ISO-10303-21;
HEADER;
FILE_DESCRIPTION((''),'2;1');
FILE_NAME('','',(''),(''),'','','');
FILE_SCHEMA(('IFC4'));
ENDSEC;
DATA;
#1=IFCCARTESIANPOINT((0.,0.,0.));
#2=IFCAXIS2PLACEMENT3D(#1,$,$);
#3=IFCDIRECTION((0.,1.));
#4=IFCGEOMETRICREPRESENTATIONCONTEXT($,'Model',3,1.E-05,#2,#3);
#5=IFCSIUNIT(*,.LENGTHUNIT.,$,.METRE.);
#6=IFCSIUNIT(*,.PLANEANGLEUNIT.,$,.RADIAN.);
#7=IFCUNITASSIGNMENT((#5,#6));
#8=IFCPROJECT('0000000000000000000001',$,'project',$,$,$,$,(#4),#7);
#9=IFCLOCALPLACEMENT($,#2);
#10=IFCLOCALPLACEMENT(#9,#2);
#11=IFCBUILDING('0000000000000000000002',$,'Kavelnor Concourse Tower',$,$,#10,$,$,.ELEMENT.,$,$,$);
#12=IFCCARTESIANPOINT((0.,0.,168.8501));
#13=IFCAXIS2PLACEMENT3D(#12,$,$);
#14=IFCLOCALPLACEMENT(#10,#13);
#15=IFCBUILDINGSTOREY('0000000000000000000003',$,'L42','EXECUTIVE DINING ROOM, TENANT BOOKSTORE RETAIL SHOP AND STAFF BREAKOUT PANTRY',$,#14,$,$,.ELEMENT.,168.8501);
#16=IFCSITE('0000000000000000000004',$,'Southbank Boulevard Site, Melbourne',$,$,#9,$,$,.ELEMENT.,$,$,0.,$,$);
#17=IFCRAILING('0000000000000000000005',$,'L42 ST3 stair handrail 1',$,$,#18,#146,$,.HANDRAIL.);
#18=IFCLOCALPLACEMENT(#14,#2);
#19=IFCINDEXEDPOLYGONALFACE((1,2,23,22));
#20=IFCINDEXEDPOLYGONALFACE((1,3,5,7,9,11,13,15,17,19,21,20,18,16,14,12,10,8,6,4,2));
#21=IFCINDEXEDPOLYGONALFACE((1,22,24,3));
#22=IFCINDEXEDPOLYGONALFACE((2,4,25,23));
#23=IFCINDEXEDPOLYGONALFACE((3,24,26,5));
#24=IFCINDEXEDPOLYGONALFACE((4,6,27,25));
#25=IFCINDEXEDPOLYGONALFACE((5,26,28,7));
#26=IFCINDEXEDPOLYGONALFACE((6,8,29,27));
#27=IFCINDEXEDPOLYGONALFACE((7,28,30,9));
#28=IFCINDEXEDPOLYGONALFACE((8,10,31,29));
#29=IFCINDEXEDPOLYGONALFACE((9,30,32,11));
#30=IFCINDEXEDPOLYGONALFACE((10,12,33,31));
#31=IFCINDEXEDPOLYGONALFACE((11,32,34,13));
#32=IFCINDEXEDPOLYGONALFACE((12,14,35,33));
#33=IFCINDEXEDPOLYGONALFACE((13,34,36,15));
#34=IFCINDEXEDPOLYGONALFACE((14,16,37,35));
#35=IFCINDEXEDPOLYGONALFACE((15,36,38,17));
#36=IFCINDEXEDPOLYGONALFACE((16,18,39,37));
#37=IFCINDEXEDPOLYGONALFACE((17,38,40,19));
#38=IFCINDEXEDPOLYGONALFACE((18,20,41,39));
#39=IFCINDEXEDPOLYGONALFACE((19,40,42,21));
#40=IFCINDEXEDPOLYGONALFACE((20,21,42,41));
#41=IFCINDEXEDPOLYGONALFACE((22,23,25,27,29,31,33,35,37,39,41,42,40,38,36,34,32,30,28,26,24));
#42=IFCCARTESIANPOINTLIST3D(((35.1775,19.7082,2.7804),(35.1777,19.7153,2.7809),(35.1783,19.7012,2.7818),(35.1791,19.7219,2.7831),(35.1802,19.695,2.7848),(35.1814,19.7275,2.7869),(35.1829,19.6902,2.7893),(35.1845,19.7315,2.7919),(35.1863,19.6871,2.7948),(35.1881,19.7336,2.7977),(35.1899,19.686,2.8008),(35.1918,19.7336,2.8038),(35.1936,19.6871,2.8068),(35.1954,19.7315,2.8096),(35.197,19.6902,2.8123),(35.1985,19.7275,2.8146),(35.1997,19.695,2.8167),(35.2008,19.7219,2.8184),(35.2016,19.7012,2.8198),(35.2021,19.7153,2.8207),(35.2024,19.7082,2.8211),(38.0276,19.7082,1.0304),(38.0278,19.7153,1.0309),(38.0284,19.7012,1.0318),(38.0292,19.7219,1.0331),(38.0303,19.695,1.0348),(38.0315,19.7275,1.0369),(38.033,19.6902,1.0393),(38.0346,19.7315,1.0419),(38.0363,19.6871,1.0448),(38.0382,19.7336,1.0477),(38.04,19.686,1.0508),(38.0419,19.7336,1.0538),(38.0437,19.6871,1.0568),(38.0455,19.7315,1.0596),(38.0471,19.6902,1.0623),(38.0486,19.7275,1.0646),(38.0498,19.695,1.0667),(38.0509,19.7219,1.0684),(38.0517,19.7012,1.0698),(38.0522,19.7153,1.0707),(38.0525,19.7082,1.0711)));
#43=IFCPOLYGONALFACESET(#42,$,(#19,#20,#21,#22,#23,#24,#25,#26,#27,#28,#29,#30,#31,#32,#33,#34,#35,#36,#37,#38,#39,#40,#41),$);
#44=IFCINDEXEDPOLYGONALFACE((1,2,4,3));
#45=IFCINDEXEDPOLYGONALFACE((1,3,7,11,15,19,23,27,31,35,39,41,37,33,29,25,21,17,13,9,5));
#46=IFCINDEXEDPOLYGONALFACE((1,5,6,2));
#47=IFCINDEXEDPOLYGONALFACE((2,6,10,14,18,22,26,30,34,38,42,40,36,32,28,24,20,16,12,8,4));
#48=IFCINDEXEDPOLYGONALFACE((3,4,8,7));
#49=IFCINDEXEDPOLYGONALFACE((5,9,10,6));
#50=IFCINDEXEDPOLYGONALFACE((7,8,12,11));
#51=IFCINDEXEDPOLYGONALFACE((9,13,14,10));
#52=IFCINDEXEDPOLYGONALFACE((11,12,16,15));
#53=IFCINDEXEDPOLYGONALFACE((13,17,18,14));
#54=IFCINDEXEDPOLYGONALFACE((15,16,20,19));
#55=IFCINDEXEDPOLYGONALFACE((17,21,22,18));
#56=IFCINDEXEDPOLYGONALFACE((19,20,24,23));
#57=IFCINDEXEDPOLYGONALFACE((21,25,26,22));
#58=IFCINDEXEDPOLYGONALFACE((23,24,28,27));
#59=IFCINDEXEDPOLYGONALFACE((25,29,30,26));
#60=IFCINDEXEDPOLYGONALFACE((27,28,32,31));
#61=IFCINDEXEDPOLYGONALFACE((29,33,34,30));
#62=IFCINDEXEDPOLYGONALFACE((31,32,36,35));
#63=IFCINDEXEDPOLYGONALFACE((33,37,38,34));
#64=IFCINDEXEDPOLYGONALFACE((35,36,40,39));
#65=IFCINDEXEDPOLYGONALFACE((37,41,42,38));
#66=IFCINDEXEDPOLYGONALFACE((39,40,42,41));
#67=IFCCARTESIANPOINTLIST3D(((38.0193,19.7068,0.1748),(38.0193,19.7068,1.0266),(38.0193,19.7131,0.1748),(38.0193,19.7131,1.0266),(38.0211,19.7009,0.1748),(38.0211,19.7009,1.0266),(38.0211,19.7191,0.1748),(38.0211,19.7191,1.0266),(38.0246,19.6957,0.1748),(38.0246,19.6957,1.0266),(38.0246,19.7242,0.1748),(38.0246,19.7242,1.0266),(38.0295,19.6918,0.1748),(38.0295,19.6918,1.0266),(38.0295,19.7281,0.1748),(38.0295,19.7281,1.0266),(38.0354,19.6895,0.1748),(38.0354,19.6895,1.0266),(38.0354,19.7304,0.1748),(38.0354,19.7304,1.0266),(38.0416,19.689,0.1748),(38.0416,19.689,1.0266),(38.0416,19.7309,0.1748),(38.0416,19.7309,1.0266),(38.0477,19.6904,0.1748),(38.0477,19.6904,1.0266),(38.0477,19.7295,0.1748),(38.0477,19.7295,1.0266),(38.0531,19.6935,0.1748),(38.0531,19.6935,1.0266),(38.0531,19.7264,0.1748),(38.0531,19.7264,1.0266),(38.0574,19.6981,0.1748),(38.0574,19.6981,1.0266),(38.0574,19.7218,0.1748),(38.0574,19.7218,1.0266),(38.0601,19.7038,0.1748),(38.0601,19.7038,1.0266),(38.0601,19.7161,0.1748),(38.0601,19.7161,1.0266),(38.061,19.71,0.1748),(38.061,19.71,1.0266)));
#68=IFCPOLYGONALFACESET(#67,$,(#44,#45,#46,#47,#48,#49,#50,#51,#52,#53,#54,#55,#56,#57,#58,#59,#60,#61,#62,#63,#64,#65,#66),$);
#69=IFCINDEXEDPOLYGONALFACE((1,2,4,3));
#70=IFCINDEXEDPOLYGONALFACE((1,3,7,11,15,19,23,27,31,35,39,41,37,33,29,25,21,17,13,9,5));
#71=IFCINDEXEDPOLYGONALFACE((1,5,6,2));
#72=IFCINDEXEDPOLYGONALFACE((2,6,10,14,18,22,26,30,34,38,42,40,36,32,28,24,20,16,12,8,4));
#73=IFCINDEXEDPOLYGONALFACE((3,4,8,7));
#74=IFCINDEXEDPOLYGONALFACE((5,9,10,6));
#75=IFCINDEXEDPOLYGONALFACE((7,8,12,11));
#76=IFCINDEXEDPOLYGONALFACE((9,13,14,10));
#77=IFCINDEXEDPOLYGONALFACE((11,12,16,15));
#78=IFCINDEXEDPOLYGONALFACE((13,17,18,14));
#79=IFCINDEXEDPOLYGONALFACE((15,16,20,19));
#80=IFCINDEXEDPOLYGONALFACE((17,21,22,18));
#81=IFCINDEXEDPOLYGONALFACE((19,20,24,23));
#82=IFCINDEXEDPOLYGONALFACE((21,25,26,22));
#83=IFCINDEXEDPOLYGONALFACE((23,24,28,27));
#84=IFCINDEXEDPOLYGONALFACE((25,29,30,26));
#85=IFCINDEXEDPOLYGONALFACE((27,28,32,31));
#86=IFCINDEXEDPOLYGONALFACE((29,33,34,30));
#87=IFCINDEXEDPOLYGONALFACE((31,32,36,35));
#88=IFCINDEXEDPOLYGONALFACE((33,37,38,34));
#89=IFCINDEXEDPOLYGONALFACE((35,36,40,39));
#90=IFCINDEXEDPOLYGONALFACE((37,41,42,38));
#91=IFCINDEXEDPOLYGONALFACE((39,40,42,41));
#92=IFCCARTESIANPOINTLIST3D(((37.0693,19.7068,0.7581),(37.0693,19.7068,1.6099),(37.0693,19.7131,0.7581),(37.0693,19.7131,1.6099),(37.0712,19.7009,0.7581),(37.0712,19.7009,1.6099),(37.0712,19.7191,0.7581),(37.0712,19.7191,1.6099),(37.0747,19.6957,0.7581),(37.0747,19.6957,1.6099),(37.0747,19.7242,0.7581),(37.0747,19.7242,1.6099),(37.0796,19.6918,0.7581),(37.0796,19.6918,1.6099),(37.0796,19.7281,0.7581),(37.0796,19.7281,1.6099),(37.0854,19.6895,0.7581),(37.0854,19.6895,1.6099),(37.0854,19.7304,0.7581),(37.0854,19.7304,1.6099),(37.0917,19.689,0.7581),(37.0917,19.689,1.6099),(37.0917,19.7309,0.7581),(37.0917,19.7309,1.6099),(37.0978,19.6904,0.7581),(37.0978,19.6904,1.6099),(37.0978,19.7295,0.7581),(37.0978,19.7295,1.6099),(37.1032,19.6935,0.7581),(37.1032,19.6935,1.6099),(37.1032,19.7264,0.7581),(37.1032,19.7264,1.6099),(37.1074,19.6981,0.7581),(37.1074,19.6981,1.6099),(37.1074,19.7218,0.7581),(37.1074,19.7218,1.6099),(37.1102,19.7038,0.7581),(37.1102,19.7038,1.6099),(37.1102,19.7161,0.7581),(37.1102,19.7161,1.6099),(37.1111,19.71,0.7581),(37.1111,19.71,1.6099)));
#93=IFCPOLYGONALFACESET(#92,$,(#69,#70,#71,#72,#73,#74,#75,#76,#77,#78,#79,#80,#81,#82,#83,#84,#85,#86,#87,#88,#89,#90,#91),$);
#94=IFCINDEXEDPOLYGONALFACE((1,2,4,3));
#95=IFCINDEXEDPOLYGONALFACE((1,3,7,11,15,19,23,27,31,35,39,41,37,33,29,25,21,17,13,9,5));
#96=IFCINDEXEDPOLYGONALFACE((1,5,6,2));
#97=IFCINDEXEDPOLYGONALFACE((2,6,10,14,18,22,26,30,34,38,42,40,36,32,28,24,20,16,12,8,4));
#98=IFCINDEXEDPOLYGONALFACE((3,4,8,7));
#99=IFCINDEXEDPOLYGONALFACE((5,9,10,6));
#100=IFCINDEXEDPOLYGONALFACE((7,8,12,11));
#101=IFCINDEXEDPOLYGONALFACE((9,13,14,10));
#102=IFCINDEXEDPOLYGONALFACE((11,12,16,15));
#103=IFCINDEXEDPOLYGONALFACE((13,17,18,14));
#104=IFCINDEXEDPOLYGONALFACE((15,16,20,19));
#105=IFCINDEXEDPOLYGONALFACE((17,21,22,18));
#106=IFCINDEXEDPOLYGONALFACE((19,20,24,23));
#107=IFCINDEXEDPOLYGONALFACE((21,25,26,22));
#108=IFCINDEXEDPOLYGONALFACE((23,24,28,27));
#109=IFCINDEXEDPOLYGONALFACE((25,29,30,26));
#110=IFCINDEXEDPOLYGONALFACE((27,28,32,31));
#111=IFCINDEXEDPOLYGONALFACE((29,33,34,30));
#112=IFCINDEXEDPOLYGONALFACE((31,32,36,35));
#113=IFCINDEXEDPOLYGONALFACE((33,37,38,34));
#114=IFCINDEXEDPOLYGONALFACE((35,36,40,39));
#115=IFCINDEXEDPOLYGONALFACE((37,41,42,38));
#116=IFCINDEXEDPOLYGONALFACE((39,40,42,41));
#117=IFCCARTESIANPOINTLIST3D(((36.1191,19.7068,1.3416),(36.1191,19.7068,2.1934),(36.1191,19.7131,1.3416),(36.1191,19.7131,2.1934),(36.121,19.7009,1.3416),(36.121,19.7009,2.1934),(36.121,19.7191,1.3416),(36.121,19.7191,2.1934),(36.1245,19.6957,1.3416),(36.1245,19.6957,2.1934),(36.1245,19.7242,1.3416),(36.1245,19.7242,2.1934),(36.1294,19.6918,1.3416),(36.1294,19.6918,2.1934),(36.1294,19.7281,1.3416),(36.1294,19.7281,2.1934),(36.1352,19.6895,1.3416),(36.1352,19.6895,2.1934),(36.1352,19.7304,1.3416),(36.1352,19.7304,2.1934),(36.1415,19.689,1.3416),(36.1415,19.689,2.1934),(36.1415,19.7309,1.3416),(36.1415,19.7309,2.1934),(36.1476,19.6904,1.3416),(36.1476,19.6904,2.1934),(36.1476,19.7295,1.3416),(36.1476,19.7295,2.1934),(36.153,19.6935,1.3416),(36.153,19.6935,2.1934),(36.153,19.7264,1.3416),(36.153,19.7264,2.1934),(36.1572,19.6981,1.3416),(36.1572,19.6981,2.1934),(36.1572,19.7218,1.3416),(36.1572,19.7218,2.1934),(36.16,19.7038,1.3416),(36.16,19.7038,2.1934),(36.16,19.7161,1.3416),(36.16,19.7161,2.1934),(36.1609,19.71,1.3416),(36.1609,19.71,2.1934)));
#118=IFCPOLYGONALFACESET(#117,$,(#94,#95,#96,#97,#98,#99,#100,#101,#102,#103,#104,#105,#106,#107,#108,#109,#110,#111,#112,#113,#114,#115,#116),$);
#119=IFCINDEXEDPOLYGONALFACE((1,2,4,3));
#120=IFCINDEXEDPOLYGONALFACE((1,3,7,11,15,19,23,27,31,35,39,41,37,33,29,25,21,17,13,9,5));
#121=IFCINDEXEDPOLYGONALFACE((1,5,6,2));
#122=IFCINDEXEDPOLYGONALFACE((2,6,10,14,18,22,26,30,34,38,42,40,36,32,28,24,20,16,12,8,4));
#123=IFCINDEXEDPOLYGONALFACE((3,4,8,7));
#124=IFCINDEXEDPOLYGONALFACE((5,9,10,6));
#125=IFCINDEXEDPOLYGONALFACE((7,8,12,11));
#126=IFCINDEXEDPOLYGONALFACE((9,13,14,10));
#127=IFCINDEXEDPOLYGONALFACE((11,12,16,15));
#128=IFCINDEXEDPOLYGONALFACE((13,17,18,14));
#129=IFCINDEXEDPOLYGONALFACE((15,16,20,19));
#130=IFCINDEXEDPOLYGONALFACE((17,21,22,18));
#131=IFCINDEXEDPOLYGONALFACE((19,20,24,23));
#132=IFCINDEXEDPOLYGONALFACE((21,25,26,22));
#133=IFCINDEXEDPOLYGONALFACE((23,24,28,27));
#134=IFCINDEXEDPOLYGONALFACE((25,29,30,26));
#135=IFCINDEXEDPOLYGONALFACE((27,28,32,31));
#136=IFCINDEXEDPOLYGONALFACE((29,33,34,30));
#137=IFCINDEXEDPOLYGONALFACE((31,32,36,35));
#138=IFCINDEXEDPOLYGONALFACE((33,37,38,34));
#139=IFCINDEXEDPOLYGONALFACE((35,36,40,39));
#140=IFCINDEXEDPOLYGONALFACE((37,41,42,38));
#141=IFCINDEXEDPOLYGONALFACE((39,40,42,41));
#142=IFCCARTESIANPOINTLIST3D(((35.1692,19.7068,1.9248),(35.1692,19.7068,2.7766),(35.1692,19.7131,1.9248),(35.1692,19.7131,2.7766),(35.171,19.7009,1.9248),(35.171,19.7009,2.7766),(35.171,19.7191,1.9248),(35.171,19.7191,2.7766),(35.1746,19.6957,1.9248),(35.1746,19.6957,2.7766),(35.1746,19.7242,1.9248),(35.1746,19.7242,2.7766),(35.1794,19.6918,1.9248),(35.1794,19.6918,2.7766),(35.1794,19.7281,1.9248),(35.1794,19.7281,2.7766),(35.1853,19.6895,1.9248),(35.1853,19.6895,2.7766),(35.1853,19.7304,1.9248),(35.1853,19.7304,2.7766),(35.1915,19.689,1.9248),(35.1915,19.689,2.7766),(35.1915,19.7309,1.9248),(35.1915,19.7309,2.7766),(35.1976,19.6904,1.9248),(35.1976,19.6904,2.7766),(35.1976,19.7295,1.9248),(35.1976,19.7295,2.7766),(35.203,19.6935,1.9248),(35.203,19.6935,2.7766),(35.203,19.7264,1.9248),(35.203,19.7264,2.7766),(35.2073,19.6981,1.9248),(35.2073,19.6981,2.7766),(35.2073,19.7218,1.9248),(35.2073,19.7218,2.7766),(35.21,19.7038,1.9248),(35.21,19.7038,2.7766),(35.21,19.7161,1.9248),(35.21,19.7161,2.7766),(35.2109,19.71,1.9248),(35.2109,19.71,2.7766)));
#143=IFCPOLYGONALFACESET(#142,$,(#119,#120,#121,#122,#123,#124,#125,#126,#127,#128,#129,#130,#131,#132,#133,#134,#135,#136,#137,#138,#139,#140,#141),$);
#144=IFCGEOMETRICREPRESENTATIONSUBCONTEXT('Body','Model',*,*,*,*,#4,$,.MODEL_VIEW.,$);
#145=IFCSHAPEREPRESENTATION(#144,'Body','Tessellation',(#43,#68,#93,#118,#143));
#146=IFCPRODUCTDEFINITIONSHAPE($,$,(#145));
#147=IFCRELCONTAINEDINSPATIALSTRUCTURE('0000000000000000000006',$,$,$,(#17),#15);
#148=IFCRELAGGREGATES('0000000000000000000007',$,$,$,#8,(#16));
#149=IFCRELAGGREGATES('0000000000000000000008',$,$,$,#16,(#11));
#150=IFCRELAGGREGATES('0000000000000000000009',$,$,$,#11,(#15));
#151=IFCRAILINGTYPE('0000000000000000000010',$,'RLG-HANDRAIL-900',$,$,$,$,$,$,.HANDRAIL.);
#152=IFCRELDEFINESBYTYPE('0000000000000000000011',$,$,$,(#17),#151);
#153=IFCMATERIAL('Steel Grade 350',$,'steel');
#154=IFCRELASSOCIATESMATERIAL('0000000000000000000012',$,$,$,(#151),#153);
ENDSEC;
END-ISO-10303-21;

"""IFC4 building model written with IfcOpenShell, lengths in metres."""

from ifc_helpers import new_model, si_unit, direction, frame, origin, origin_2d, place, context, subcontext, project, spatial, circle, extrude, material, type_object, element, save


model = new_model("IFC4")

# Units and contexts
model_context = context("Model", 3, precision=1e-05, world=origin(), true_north=direction((0.0, 1.0)))
body_context = subcontext(model_context, "Body", "Model", "MODEL_VIEW")
ifc_project = project(units=[si_unit("LENGTHUNIT", "METRE"), si_unit("PLANEANGLEUNIT", "RADIAN")], contexts=[model_context])

# Site, building, storey
site_placement = place(None, origin())
site = spatial("IfcSite", under=ifc_project, at=site_placement, Name="Southbank Boulevard Site, Melbourne", CompositionType="ELEMENT", RefElevation=0.0)
building_placement = place(site_placement, origin())
building = spatial("IfcBuilding", under=site, at=building_placement, Name="Kavelnor Concourse Tower", CompositionType="ELEMENT")
storey_placement = place(building_placement, frame((0.0, 0.0, 168.8501)))
storey = spatial("IfcBuildingStorey", under=building, at=storey_placement, Name="L42", Description="EXECUTIVE DINING ROOM, TENANT BOOKSTORE RETAIL SHOP AND STAFF BREAKOUT PANTRY", CompositionType="ELEMENT", Elevation=168.8501)

# Shared definitions
ifc_material_1 = material(Name="Steel Grade 350", Category="steel")

# Railing
railing_type_1 = type_object("IfcRailingType", Name="RLG-HANDRAIL-900", PredefinedType="HANDRAIL", material=ifc_material_1)
railing_1_placement = place(storey_placement, frame((38.04, 19.71, 0.1748)))
element("IfcRailing", 1, at=railing_1_placement, inside=storey, type_object=railing_type_1, Name="L42 ST3 stair handrail 1", PredefinedType="HANDRAIL", context=body_context, shape_type="SweptSolid", body=[
    extrude(circle(Radius=0.0239, at=origin_2d()), frame((0.0, 0.0, 0.876), z_axis=(-0.852179, 0.0, 0.52325), x_axis=(0.0, -1.0, 0.0)), (0.0, 0.0, 1.0), 3.3445),
    extrude(circle(Radius=0.021, at=origin_2d()), origin(), (0.0, 0.0, 1.0), 0.8518),
    extrude(circle(Radius=0.021, at=origin_2d()), frame((-0.95, 0.0, 0.5833)), (0.0, 0.0, 1.0), 0.8518),
    extrude(circle(Radius=0.021, at=origin_2d()), frame((-1.9001, 0.0, 1.1667)), (0.0, 0.0, 1.0), 0.8518),
    extrude(circle(Radius=0.021, at=origin_2d()), frame((-2.8501, 0.0, 1.75)), (0.0, 0.0, 1.0), 0.8518),
])

save(model, "model.ifc")
